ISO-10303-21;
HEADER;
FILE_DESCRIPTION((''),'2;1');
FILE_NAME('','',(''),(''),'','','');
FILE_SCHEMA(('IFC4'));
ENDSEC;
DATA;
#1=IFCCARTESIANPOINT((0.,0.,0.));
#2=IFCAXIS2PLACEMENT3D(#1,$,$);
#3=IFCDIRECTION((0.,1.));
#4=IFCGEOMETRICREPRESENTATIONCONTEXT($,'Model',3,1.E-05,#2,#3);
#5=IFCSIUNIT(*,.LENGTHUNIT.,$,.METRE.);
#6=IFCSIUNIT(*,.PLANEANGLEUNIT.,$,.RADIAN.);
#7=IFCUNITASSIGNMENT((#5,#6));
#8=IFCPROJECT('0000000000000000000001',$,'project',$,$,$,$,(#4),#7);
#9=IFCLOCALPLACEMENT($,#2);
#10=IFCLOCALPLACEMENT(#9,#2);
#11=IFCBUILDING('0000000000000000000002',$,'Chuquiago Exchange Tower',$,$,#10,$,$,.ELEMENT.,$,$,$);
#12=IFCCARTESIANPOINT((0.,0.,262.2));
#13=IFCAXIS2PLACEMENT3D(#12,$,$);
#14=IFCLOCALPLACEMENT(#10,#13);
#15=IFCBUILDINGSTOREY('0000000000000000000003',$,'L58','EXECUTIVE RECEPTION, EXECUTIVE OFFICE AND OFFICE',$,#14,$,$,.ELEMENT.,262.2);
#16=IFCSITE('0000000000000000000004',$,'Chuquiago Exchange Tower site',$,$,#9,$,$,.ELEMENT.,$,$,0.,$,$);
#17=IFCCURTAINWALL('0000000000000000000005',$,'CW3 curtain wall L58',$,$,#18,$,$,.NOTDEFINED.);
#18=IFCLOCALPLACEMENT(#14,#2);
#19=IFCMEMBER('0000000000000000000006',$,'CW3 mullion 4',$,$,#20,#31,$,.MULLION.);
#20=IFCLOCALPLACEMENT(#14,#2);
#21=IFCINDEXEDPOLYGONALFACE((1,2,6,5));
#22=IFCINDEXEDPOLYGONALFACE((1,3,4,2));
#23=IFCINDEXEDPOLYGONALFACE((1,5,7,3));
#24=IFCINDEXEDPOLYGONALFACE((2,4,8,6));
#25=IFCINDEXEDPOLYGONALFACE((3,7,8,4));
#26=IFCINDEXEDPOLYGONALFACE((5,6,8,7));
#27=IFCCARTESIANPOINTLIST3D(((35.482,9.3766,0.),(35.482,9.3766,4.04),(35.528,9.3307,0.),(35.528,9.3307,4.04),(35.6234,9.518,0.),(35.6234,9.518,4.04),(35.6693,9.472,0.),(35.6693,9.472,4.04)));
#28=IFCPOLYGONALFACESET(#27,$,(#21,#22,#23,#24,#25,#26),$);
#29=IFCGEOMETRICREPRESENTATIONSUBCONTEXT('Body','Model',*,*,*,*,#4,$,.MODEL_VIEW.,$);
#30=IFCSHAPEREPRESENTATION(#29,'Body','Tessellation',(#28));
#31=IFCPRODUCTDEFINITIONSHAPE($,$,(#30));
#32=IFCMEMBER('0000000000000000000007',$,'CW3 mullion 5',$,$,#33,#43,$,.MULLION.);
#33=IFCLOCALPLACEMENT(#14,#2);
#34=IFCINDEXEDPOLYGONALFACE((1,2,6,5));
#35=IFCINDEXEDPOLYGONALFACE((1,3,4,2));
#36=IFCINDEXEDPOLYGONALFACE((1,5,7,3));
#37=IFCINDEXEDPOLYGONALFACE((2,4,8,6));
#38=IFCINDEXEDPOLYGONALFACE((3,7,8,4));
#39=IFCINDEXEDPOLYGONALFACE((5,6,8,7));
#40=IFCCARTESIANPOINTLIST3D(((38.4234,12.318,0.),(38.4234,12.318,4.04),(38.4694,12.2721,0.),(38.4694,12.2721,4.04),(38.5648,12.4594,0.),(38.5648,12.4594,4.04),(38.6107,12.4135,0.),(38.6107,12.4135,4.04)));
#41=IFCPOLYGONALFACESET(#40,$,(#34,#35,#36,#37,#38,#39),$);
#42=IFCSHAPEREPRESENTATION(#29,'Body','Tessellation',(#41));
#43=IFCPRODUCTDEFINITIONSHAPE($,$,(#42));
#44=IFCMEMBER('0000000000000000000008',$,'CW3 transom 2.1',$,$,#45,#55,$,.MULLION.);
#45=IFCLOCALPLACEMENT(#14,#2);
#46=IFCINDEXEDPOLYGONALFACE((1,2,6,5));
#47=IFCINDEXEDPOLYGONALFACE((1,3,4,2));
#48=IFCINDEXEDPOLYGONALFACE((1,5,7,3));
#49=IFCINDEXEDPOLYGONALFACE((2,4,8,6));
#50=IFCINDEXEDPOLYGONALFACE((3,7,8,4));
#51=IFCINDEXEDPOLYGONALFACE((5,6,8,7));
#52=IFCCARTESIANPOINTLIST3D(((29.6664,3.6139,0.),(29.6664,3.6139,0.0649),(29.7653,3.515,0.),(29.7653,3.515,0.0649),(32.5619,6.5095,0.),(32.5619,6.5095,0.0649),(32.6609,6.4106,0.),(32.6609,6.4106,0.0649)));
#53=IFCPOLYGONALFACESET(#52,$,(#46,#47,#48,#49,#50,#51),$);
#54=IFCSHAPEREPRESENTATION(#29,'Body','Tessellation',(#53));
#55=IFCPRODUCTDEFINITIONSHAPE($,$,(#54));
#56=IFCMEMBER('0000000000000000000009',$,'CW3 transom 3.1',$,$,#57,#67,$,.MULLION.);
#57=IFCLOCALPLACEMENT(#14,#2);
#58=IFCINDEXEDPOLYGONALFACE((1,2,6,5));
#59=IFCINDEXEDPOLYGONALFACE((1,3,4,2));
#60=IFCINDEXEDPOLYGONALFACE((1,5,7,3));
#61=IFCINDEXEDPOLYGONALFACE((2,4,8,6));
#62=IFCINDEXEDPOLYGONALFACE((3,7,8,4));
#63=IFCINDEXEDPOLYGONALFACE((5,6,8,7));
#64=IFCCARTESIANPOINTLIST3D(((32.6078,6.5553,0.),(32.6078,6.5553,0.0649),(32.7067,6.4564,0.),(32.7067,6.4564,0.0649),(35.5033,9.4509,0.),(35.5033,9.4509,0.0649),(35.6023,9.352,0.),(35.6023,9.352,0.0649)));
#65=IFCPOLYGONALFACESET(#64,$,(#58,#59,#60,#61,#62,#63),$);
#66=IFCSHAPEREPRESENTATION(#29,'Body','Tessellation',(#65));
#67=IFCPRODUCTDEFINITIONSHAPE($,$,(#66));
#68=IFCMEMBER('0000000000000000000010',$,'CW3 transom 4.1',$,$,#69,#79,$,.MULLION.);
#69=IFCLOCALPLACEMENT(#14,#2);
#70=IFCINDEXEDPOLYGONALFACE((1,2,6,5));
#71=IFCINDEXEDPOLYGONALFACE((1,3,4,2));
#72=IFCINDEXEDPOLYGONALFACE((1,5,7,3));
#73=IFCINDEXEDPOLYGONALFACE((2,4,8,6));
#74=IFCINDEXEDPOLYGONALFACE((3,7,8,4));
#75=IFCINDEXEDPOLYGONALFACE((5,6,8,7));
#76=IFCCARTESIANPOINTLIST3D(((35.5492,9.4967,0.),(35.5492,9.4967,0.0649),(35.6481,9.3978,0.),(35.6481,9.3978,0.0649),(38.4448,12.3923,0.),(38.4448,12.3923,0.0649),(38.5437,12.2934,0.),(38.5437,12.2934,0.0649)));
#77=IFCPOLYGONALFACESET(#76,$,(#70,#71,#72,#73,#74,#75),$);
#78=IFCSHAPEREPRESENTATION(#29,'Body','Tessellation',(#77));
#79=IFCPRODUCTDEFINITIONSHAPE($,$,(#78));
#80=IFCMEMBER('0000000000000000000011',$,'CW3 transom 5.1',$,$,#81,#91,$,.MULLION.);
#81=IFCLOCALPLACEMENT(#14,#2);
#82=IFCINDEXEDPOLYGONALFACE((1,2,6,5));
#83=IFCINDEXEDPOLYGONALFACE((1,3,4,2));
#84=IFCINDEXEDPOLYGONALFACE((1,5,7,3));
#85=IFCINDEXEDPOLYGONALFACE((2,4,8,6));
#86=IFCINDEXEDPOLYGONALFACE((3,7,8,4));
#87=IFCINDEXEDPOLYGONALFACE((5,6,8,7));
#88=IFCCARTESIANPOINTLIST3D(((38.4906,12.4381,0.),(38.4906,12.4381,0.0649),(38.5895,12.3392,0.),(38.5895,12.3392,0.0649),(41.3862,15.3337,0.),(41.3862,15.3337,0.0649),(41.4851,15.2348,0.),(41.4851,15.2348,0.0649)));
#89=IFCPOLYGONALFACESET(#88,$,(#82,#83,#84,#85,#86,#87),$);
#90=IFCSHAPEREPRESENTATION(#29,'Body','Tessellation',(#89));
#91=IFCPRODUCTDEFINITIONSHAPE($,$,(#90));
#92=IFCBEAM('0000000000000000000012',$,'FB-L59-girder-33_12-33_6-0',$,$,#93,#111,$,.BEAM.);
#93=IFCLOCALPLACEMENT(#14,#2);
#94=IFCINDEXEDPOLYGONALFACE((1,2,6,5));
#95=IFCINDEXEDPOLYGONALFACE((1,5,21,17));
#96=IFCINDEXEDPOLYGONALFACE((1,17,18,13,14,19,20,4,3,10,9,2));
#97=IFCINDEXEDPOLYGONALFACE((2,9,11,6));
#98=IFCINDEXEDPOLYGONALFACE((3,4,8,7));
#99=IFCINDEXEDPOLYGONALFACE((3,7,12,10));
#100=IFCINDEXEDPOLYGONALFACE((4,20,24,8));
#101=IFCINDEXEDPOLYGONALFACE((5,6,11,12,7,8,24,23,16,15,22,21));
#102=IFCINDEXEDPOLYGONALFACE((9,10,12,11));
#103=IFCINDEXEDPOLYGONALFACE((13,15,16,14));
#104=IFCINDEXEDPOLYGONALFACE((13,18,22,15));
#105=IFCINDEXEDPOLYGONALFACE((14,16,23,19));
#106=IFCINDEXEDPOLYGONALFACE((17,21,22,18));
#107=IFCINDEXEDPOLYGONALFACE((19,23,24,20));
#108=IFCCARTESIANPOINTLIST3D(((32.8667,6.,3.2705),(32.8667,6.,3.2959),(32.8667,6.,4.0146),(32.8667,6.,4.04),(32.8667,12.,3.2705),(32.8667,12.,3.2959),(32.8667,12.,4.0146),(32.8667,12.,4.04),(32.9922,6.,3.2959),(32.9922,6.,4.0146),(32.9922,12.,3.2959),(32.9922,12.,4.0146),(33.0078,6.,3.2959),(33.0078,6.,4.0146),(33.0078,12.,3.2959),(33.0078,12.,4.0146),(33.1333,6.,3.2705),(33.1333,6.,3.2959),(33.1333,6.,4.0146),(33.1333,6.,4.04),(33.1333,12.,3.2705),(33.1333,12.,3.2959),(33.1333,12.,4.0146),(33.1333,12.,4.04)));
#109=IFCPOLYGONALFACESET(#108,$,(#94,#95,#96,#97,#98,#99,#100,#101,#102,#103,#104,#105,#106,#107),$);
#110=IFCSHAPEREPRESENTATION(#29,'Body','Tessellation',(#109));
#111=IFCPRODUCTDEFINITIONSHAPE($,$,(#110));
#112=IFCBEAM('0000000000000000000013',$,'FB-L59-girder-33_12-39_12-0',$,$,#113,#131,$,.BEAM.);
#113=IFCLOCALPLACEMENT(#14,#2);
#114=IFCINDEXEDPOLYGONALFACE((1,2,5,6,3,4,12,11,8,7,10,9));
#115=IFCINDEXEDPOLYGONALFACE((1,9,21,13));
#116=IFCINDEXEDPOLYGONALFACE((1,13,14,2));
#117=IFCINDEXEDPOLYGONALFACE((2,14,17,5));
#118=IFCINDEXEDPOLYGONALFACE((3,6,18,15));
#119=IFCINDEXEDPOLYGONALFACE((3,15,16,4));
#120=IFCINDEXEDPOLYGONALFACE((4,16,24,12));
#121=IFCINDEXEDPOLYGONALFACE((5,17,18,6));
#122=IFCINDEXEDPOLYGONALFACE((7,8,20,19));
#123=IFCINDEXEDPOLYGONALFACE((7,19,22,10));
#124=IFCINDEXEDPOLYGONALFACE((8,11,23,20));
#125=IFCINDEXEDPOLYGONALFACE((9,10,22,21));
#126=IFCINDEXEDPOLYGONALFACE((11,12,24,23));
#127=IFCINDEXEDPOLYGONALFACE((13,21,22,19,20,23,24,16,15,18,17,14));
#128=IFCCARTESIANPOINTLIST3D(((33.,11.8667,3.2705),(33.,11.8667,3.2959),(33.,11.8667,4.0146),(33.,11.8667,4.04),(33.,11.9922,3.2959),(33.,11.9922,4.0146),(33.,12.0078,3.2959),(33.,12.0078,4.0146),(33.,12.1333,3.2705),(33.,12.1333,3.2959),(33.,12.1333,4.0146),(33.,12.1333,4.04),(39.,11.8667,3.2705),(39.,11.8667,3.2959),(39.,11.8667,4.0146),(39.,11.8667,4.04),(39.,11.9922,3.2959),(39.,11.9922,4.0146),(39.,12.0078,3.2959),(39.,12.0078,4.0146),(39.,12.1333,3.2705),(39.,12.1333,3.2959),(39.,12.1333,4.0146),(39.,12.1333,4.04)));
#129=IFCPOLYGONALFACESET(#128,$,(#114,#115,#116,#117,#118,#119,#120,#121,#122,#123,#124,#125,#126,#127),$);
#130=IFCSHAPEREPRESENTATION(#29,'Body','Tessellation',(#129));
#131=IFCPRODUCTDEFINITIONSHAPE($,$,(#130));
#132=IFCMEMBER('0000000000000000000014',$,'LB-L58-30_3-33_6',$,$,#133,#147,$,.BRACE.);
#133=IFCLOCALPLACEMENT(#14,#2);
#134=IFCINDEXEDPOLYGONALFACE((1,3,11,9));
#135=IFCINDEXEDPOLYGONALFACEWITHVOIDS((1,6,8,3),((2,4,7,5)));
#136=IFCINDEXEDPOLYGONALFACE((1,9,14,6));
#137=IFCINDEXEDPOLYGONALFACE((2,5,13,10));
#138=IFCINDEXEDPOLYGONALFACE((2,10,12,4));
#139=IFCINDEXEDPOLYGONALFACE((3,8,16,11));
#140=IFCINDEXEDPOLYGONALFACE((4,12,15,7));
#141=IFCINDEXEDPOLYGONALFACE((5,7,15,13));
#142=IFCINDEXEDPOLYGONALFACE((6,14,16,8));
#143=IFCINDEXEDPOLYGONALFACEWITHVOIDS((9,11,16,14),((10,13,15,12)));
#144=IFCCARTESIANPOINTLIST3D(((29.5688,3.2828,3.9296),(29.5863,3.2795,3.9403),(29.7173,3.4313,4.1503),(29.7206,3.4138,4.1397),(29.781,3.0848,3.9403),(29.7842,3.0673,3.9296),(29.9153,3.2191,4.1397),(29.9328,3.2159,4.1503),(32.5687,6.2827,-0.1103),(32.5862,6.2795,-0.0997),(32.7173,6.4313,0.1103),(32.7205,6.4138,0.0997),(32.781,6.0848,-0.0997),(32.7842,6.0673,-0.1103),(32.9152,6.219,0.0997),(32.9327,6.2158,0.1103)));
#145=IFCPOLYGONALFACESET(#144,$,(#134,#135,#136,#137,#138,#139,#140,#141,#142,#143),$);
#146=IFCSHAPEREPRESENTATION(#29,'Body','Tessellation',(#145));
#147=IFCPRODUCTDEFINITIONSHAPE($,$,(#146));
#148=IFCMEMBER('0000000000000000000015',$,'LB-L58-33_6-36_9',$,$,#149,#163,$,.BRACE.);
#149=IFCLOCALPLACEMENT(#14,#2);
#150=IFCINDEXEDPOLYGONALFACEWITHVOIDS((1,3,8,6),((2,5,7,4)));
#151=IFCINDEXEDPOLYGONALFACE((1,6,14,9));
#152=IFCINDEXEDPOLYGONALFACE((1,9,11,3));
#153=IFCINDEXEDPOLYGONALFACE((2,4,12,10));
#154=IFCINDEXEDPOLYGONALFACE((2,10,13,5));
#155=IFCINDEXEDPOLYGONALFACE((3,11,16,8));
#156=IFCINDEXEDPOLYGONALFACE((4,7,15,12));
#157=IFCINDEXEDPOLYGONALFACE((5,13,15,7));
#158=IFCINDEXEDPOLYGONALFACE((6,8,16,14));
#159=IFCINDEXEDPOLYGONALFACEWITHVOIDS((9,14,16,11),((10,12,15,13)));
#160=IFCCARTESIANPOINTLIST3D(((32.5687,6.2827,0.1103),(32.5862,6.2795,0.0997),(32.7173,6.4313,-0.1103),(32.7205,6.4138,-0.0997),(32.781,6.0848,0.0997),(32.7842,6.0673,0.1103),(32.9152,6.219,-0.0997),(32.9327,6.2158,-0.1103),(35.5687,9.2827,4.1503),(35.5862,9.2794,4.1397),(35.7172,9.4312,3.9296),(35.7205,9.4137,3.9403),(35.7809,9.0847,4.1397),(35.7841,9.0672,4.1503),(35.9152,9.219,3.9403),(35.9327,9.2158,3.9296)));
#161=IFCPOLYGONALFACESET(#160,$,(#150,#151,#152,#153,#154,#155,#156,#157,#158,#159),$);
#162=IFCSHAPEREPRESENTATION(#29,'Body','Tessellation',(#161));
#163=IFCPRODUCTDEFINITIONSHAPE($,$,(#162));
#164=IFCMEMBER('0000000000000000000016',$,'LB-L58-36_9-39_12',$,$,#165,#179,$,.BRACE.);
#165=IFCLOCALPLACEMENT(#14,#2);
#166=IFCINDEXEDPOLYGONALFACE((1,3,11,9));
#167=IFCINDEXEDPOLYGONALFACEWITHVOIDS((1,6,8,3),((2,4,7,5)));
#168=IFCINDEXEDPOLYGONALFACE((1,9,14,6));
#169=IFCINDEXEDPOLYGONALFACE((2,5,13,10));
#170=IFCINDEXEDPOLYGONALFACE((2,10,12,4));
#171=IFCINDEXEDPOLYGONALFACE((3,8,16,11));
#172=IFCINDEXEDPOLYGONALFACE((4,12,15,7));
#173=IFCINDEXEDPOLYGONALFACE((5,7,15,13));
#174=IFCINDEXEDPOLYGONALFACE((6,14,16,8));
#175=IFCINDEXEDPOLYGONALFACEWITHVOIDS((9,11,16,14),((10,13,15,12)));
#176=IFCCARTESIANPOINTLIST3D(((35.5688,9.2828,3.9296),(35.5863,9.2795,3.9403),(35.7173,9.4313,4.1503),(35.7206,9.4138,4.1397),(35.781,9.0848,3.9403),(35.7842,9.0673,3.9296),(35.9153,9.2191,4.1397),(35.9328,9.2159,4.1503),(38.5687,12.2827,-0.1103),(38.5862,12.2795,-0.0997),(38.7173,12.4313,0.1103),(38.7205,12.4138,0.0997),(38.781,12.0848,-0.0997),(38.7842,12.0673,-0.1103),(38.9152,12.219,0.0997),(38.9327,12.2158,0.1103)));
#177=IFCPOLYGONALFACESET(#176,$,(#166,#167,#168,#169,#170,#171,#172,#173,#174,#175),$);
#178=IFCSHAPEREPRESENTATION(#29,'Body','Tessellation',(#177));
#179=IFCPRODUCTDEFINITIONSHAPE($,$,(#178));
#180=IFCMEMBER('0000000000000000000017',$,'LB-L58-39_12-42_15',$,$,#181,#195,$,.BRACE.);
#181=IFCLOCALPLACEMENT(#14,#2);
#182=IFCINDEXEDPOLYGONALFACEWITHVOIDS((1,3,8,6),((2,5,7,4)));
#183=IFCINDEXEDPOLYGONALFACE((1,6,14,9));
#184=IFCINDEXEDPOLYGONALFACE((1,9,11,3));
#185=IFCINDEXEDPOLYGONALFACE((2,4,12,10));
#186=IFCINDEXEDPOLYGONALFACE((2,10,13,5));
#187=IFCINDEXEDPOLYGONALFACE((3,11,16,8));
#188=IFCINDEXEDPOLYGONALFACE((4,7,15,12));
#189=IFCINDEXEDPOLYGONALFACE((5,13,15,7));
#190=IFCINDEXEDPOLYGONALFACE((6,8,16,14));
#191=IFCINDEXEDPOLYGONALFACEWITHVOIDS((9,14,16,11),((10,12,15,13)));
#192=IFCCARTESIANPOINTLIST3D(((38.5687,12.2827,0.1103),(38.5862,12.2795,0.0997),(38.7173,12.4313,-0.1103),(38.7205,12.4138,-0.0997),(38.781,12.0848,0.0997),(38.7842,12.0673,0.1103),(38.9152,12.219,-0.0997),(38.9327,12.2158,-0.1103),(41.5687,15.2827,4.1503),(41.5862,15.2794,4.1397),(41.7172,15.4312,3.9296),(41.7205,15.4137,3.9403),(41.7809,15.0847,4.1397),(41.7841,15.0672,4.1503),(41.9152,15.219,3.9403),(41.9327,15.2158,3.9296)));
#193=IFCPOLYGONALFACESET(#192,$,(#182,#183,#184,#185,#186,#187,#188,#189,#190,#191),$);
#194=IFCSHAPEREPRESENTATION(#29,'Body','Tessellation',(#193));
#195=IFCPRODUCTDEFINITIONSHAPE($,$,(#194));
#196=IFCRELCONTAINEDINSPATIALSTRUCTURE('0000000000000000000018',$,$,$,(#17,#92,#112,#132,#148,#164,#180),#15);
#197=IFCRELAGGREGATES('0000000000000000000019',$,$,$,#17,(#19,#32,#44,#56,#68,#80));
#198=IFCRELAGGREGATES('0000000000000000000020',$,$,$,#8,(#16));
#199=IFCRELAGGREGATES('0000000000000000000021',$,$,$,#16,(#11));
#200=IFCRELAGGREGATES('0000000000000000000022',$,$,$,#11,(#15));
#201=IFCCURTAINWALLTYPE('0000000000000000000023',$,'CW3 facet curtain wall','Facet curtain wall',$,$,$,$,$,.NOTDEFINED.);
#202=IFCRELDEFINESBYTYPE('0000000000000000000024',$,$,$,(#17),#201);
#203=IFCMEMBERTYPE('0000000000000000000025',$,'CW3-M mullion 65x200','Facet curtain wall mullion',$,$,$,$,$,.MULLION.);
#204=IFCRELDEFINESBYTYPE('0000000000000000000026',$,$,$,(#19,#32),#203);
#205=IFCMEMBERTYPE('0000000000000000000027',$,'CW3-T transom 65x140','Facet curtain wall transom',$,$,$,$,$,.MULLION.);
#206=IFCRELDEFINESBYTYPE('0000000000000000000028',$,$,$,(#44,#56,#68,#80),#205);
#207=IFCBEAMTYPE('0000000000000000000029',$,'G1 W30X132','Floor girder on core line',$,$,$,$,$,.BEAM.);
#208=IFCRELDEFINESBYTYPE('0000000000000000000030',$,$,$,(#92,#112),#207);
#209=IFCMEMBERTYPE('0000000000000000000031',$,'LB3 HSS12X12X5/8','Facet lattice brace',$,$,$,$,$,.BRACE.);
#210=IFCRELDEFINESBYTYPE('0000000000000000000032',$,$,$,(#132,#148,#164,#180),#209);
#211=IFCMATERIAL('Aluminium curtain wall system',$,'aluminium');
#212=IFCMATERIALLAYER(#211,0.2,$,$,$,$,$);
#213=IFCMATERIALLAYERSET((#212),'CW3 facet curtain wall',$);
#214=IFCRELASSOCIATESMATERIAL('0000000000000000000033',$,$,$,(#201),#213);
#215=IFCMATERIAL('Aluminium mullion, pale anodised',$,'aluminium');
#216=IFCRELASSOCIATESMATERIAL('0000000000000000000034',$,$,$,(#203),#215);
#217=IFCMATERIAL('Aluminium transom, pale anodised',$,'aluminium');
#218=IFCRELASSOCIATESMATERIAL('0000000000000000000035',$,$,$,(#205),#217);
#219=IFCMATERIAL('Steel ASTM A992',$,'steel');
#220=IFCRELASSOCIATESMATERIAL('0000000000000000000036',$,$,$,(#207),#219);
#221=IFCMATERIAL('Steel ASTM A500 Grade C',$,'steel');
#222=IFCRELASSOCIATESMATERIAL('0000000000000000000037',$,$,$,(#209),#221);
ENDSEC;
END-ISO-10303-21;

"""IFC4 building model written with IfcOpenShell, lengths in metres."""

from ifc_helpers import new_model, si_unit, direction, frame, origin, origin_2d, place, context, subcontext, project, spatial, rectangle, hollow_rectangle, i_section, extrude, material, layer, layer_set, material_profile, profile_set, type_object, element, aggregate, save


model = new_model("IFC4")

# Units and contexts
model_context = context("Model", 3, precision=1e-05, world=origin(), true_north=direction((0.0, 1.0)))
body_context = subcontext(model_context, "Body", "Model", "MODEL_VIEW")
ifc_project = project(units=[si_unit("LENGTHUNIT", "METRE"), si_unit("PLANEANGLEUNIT", "RADIAN")], contexts=[model_context])

# Site, building, storey
site_placement = place(None, origin())
site = spatial("IfcSite", under=ifc_project, at=site_placement, Name="Chuquiago Exchange Tower site", CompositionType="ELEMENT", RefElevation=0.0)
building_placement = place(site_placement, origin())
building = spatial("IfcBuilding", under=site, at=building_placement, Name="Chuquiago Exchange Tower", CompositionType="ELEMENT")
storey_placement = place(building_placement, frame((0.0, 0.0, 262.2)))
storey = spatial("IfcBuildingStorey", under=building, at=storey_placement, Name="L58", Description="EXECUTIVE RECEPTION, EXECUTIVE OFFICE AND OFFICE", CompositionType="ELEMENT", Elevation=262.2)

# Curtain wall, members
ifc_material_1 = material(Name="Aluminium curtain wall system", Category="aluminium")
ifc_layer_1 = layer(ifc_material_1, 0.2)
ifc_layer_set_1 = layer_set([ifc_layer_1], Name="CW3 facet curtain wall")
curtain_wall_type = type_object("IfcCurtainWallType", Name="CW3 facet curtain wall", Description="Facet curtain wall", PredefinedType="NOTDEFINED", material=ifc_layer_set_1)
curtain_wall_placement = place(storey_placement, origin())
curtain_wall = element("IfcCurtainWall", 1, at=curtain_wall_placement, inside=storey, type_object=curtain_wall_type, Name="CW3 curtain wall L58", PredefinedType="NOTDEFINED")
ifc_material_2 = material(Name="Aluminium mullion, pale anodised", Category="aluminium")
ifc_material_profile_1 = material_profile(ifc_material_2, rectangle(XDim=0.0649, YDim=0.2, at=origin_2d()), Name="AL 65x200")
ifc_profile_set_1 = profile_set([ifc_material_profile_1], Name="Aluminium mullion, pale anodised")
member_type_1 = type_object("IfcMemberType", Name="CW3-M mullion 65x200", Description="Facet curtain wall mullion", PredefinedType="MULLION", material=ifc_profile_set_1)
member_1_placement = place(storey_placement, frame((35.5757, 9.4243, 0.0), z_axis=(0.0, 0.0, 1.0), x_axis=(-0.707107, 0.707107, 0.0)))
member_1 = element("IfcMember", 2, at=member_1_placement, type_object=member_type_1, Name="CW3 mullion 4", PredefinedType="MULLION", context=body_context, shape_type="SweptSolid", body=[
    extrude(rectangle(XDim=0.0649, YDim=0.2, at=origin_2d()), origin(), (0.0, 0.0, 1.0), 4.04),
])
member_2_placement = place(storey_placement, frame((38.5171, 12.3657, 0.0), z_axis=(0.0, 0.0, 1.0), x_axis=(-0.707107, 0.707107, 0.0)))
member_2 = element("IfcMember", 3, at=member_2_placement, type_object=member_type_1, Name="CW3 mullion 5", PredefinedType="MULLION", context=body_context, shape_type="SweptSolid", body=[
    extrude(rectangle(XDim=0.0649, YDim=0.2, at=origin_2d()), origin(), (0.0, 0.0, 1.0), 4.04),
])
ifc_material_3 = material(Name="Aluminium transom, pale anodised", Category="aluminium")
ifc_material_profile_2 = material_profile(ifc_material_3, rectangle(XDim=0.1399, YDim=0.0649, at=origin_2d()), Name="AL 140x65")
ifc_profile_set_2 = profile_set([ifc_material_profile_2], Name="Aluminium transom, pale anodised")
member_type_2 = type_object("IfcMemberType", Name="CW3-T transom 65x140", Description="Facet curtain wall transom", PredefinedType="MULLION", material=ifc_profile_set_2)
member_3_placement = place(storey_placement, frame((29.7158, 3.5645, 0.0325), z_axis=(0.707107, 0.707107, 0.0), x_axis=(-0.707107, 0.707107, 0.0)))
member_3 = element("IfcMember", 4, at=member_3_placement, type_object=member_type_2, Name="CW3 transom 2.1", PredefinedType="MULLION", context=body_context, shape_type="SweptSolid", body=[
    extrude(rectangle(XDim=0.1399, YDim=0.0649, at=origin_2d()), origin(), (0.0, 0.0, 1.0), 4.095),
])
member_4_placement = place(storey_placement, frame((32.6572, 6.5059, 0.0325), z_axis=(0.707107, 0.707107, 0.0), x_axis=(-0.707107, 0.707107, 0.0)))
member_4 = element("IfcMember", 5, at=member_4_placement, type_object=member_type_2, Name="CW3 transom 3.1", PredefinedType="MULLION", context=body_context, shape_type="SweptSolid", body=[
    extrude(rectangle(XDim=0.1399, YDim=0.0649, at=origin_2d()), origin(), (0.0, 0.0, 1.0), 4.095),
])
member_5_placement = place(storey_placement, frame((35.5986, 9.4473, 0.0325), z_axis=(0.707107, 0.707107, 0.0), x_axis=(-0.707107, 0.707107, 0.0)))
member_5 = element("IfcMember", 6, at=member_5_placement, type_object=member_type_2, Name="CW3 transom 4.1", PredefinedType="MULLION", context=body_context, shape_type="SweptSolid", body=[
    extrude(rectangle(XDim=0.1399, YDim=0.0649, at=origin_2d()), origin(), (0.0, 0.0, 1.0), 4.095),
])
member_6_placement = place(storey_placement, frame((38.54, 12.3887, 0.0325), z_axis=(0.707107, 0.707107, 0.0), x_axis=(-0.707107, 0.707107, 0.0)))
member_6 = element("IfcMember", 7, at=member_6_placement, type_object=member_type_2, Name="CW3 transom 5.1", PredefinedType="MULLION", context=body_context, shape_type="SweptSolid", body=[
    extrude(rectangle(XDim=0.1399, YDim=0.0649, at=origin_2d()), origin(), (0.0, 0.0, 1.0), 4.095),
])

# Beams
ifc_material_4 = material(Name="Steel ASTM A992", Category="steel")
ifc_material_profile_3 = material_profile(ifc_material_4, i_section(OverallWidth=0.2666, OverallDepth=0.7695, WebThickness=0.0156, FlangeThickness=0.0254, at=origin_2d()), Name="W30X132")
ifc_profile_set_3 = profile_set([ifc_material_profile_3], Name="Steel ASTM A992")
beam_type_1 = type_object("IfcBeamType", Name="G1 W30X132", Description="Floor girder on core line", PredefinedType="BEAM", material=ifc_profile_set_3)
for number, where, z_axis, x_axis, name in (
    (8, (33.0, 12.0, 3.6553), (0.0, -1.0, 0.0), (1.0, 0.0, 0.0), "FB-L59-girder-33_12-33_6-0"),
    (9, (33.0, 12.0, 3.6553), (1.0, 0.0, 0.0), (0.0, 1.0, 0.0), "FB-L59-girder-33_12-39_12-0"),
):
    element("IfcBeam", number, at=place(storey_placement, frame(where, z_axis=z_axis, x_axis=x_axis)), inside=storey, type_object=beam_type_1, Name=name, PredefinedType="BEAM", context=body_context, shape_type="SweptSolid", body=[
        extrude(i_section(OverallWidth=0.2666, OverallDepth=0.7695, WebThickness=0.0156, FlangeThickness=0.0254, at=origin_2d()), origin(), (0.0, 0.0, 1.0), 6.0),
    ])

# Members
ifc_material_5 = material(Name="Steel ASTM A500 Grade C", Category="steel")
ifc_material_profile_4 = material_profile(ifc_material_5, hollow_rectangle(XDim=0.3047, YDim=0.3047, WallThickness=0.0146, at=origin_2d()), Name="HSS12X12X5/8")
ifc_profile_set_4 = profile_set([ifc_material_profile_4], Name="Steel ASTM A500 Grade C")
member_type_3 = type_object("IfcMemberType", Name="LB3 HSS12X12X5/8", Description="Facet lattice brace", PredefinedType="BRACE", material=ifc_profile_set_4)
for number, where, z_axis, x_axis, name in (
    (10, (32.7507, 6.2493, 0.0), (-0.512077, -0.512077, 0.689604), (0.707107, -0.707107, 0.0), "LB-L58-30_3-33_6"),
    (11, (32.7507, 6.2493, 0.0), (0.512077, 0.512077, 0.689604), (-0.707107, 0.707107, 0.0), "LB-L58-33_6-36_9"),
    (12, (38.7507, 12.2493, 0.0), (-0.512077, -0.512077, 0.689604), (0.707107, -0.707107, 0.0), "LB-L58-36_9-39_12"),
    (13, (38.7507, 12.2493, 0.0), (0.512077, 0.512077, 0.689604), (-0.707107, 0.707107, 0.0), "LB-L58-39_12-42_15"),
):
    element("IfcMember", number, at=place(storey_placement, frame(where, z_axis=z_axis, x_axis=x_axis)), inside=storey, type_object=member_type_3, Name=name, PredefinedType="BRACE", context=body_context, shape_type="SweptSolid", body=[
        extrude(hollow_rectangle(XDim=0.3047, YDim=0.3047, WallThickness=0.0146, at=origin_2d()), origin(), (0.0, 0.0, 1.0), 5.8584),
    ])

aggregate(curtain_wall, [member_1, member_2, member_3, member_4, member_5, member_6])

save(model, "model.ifc")
